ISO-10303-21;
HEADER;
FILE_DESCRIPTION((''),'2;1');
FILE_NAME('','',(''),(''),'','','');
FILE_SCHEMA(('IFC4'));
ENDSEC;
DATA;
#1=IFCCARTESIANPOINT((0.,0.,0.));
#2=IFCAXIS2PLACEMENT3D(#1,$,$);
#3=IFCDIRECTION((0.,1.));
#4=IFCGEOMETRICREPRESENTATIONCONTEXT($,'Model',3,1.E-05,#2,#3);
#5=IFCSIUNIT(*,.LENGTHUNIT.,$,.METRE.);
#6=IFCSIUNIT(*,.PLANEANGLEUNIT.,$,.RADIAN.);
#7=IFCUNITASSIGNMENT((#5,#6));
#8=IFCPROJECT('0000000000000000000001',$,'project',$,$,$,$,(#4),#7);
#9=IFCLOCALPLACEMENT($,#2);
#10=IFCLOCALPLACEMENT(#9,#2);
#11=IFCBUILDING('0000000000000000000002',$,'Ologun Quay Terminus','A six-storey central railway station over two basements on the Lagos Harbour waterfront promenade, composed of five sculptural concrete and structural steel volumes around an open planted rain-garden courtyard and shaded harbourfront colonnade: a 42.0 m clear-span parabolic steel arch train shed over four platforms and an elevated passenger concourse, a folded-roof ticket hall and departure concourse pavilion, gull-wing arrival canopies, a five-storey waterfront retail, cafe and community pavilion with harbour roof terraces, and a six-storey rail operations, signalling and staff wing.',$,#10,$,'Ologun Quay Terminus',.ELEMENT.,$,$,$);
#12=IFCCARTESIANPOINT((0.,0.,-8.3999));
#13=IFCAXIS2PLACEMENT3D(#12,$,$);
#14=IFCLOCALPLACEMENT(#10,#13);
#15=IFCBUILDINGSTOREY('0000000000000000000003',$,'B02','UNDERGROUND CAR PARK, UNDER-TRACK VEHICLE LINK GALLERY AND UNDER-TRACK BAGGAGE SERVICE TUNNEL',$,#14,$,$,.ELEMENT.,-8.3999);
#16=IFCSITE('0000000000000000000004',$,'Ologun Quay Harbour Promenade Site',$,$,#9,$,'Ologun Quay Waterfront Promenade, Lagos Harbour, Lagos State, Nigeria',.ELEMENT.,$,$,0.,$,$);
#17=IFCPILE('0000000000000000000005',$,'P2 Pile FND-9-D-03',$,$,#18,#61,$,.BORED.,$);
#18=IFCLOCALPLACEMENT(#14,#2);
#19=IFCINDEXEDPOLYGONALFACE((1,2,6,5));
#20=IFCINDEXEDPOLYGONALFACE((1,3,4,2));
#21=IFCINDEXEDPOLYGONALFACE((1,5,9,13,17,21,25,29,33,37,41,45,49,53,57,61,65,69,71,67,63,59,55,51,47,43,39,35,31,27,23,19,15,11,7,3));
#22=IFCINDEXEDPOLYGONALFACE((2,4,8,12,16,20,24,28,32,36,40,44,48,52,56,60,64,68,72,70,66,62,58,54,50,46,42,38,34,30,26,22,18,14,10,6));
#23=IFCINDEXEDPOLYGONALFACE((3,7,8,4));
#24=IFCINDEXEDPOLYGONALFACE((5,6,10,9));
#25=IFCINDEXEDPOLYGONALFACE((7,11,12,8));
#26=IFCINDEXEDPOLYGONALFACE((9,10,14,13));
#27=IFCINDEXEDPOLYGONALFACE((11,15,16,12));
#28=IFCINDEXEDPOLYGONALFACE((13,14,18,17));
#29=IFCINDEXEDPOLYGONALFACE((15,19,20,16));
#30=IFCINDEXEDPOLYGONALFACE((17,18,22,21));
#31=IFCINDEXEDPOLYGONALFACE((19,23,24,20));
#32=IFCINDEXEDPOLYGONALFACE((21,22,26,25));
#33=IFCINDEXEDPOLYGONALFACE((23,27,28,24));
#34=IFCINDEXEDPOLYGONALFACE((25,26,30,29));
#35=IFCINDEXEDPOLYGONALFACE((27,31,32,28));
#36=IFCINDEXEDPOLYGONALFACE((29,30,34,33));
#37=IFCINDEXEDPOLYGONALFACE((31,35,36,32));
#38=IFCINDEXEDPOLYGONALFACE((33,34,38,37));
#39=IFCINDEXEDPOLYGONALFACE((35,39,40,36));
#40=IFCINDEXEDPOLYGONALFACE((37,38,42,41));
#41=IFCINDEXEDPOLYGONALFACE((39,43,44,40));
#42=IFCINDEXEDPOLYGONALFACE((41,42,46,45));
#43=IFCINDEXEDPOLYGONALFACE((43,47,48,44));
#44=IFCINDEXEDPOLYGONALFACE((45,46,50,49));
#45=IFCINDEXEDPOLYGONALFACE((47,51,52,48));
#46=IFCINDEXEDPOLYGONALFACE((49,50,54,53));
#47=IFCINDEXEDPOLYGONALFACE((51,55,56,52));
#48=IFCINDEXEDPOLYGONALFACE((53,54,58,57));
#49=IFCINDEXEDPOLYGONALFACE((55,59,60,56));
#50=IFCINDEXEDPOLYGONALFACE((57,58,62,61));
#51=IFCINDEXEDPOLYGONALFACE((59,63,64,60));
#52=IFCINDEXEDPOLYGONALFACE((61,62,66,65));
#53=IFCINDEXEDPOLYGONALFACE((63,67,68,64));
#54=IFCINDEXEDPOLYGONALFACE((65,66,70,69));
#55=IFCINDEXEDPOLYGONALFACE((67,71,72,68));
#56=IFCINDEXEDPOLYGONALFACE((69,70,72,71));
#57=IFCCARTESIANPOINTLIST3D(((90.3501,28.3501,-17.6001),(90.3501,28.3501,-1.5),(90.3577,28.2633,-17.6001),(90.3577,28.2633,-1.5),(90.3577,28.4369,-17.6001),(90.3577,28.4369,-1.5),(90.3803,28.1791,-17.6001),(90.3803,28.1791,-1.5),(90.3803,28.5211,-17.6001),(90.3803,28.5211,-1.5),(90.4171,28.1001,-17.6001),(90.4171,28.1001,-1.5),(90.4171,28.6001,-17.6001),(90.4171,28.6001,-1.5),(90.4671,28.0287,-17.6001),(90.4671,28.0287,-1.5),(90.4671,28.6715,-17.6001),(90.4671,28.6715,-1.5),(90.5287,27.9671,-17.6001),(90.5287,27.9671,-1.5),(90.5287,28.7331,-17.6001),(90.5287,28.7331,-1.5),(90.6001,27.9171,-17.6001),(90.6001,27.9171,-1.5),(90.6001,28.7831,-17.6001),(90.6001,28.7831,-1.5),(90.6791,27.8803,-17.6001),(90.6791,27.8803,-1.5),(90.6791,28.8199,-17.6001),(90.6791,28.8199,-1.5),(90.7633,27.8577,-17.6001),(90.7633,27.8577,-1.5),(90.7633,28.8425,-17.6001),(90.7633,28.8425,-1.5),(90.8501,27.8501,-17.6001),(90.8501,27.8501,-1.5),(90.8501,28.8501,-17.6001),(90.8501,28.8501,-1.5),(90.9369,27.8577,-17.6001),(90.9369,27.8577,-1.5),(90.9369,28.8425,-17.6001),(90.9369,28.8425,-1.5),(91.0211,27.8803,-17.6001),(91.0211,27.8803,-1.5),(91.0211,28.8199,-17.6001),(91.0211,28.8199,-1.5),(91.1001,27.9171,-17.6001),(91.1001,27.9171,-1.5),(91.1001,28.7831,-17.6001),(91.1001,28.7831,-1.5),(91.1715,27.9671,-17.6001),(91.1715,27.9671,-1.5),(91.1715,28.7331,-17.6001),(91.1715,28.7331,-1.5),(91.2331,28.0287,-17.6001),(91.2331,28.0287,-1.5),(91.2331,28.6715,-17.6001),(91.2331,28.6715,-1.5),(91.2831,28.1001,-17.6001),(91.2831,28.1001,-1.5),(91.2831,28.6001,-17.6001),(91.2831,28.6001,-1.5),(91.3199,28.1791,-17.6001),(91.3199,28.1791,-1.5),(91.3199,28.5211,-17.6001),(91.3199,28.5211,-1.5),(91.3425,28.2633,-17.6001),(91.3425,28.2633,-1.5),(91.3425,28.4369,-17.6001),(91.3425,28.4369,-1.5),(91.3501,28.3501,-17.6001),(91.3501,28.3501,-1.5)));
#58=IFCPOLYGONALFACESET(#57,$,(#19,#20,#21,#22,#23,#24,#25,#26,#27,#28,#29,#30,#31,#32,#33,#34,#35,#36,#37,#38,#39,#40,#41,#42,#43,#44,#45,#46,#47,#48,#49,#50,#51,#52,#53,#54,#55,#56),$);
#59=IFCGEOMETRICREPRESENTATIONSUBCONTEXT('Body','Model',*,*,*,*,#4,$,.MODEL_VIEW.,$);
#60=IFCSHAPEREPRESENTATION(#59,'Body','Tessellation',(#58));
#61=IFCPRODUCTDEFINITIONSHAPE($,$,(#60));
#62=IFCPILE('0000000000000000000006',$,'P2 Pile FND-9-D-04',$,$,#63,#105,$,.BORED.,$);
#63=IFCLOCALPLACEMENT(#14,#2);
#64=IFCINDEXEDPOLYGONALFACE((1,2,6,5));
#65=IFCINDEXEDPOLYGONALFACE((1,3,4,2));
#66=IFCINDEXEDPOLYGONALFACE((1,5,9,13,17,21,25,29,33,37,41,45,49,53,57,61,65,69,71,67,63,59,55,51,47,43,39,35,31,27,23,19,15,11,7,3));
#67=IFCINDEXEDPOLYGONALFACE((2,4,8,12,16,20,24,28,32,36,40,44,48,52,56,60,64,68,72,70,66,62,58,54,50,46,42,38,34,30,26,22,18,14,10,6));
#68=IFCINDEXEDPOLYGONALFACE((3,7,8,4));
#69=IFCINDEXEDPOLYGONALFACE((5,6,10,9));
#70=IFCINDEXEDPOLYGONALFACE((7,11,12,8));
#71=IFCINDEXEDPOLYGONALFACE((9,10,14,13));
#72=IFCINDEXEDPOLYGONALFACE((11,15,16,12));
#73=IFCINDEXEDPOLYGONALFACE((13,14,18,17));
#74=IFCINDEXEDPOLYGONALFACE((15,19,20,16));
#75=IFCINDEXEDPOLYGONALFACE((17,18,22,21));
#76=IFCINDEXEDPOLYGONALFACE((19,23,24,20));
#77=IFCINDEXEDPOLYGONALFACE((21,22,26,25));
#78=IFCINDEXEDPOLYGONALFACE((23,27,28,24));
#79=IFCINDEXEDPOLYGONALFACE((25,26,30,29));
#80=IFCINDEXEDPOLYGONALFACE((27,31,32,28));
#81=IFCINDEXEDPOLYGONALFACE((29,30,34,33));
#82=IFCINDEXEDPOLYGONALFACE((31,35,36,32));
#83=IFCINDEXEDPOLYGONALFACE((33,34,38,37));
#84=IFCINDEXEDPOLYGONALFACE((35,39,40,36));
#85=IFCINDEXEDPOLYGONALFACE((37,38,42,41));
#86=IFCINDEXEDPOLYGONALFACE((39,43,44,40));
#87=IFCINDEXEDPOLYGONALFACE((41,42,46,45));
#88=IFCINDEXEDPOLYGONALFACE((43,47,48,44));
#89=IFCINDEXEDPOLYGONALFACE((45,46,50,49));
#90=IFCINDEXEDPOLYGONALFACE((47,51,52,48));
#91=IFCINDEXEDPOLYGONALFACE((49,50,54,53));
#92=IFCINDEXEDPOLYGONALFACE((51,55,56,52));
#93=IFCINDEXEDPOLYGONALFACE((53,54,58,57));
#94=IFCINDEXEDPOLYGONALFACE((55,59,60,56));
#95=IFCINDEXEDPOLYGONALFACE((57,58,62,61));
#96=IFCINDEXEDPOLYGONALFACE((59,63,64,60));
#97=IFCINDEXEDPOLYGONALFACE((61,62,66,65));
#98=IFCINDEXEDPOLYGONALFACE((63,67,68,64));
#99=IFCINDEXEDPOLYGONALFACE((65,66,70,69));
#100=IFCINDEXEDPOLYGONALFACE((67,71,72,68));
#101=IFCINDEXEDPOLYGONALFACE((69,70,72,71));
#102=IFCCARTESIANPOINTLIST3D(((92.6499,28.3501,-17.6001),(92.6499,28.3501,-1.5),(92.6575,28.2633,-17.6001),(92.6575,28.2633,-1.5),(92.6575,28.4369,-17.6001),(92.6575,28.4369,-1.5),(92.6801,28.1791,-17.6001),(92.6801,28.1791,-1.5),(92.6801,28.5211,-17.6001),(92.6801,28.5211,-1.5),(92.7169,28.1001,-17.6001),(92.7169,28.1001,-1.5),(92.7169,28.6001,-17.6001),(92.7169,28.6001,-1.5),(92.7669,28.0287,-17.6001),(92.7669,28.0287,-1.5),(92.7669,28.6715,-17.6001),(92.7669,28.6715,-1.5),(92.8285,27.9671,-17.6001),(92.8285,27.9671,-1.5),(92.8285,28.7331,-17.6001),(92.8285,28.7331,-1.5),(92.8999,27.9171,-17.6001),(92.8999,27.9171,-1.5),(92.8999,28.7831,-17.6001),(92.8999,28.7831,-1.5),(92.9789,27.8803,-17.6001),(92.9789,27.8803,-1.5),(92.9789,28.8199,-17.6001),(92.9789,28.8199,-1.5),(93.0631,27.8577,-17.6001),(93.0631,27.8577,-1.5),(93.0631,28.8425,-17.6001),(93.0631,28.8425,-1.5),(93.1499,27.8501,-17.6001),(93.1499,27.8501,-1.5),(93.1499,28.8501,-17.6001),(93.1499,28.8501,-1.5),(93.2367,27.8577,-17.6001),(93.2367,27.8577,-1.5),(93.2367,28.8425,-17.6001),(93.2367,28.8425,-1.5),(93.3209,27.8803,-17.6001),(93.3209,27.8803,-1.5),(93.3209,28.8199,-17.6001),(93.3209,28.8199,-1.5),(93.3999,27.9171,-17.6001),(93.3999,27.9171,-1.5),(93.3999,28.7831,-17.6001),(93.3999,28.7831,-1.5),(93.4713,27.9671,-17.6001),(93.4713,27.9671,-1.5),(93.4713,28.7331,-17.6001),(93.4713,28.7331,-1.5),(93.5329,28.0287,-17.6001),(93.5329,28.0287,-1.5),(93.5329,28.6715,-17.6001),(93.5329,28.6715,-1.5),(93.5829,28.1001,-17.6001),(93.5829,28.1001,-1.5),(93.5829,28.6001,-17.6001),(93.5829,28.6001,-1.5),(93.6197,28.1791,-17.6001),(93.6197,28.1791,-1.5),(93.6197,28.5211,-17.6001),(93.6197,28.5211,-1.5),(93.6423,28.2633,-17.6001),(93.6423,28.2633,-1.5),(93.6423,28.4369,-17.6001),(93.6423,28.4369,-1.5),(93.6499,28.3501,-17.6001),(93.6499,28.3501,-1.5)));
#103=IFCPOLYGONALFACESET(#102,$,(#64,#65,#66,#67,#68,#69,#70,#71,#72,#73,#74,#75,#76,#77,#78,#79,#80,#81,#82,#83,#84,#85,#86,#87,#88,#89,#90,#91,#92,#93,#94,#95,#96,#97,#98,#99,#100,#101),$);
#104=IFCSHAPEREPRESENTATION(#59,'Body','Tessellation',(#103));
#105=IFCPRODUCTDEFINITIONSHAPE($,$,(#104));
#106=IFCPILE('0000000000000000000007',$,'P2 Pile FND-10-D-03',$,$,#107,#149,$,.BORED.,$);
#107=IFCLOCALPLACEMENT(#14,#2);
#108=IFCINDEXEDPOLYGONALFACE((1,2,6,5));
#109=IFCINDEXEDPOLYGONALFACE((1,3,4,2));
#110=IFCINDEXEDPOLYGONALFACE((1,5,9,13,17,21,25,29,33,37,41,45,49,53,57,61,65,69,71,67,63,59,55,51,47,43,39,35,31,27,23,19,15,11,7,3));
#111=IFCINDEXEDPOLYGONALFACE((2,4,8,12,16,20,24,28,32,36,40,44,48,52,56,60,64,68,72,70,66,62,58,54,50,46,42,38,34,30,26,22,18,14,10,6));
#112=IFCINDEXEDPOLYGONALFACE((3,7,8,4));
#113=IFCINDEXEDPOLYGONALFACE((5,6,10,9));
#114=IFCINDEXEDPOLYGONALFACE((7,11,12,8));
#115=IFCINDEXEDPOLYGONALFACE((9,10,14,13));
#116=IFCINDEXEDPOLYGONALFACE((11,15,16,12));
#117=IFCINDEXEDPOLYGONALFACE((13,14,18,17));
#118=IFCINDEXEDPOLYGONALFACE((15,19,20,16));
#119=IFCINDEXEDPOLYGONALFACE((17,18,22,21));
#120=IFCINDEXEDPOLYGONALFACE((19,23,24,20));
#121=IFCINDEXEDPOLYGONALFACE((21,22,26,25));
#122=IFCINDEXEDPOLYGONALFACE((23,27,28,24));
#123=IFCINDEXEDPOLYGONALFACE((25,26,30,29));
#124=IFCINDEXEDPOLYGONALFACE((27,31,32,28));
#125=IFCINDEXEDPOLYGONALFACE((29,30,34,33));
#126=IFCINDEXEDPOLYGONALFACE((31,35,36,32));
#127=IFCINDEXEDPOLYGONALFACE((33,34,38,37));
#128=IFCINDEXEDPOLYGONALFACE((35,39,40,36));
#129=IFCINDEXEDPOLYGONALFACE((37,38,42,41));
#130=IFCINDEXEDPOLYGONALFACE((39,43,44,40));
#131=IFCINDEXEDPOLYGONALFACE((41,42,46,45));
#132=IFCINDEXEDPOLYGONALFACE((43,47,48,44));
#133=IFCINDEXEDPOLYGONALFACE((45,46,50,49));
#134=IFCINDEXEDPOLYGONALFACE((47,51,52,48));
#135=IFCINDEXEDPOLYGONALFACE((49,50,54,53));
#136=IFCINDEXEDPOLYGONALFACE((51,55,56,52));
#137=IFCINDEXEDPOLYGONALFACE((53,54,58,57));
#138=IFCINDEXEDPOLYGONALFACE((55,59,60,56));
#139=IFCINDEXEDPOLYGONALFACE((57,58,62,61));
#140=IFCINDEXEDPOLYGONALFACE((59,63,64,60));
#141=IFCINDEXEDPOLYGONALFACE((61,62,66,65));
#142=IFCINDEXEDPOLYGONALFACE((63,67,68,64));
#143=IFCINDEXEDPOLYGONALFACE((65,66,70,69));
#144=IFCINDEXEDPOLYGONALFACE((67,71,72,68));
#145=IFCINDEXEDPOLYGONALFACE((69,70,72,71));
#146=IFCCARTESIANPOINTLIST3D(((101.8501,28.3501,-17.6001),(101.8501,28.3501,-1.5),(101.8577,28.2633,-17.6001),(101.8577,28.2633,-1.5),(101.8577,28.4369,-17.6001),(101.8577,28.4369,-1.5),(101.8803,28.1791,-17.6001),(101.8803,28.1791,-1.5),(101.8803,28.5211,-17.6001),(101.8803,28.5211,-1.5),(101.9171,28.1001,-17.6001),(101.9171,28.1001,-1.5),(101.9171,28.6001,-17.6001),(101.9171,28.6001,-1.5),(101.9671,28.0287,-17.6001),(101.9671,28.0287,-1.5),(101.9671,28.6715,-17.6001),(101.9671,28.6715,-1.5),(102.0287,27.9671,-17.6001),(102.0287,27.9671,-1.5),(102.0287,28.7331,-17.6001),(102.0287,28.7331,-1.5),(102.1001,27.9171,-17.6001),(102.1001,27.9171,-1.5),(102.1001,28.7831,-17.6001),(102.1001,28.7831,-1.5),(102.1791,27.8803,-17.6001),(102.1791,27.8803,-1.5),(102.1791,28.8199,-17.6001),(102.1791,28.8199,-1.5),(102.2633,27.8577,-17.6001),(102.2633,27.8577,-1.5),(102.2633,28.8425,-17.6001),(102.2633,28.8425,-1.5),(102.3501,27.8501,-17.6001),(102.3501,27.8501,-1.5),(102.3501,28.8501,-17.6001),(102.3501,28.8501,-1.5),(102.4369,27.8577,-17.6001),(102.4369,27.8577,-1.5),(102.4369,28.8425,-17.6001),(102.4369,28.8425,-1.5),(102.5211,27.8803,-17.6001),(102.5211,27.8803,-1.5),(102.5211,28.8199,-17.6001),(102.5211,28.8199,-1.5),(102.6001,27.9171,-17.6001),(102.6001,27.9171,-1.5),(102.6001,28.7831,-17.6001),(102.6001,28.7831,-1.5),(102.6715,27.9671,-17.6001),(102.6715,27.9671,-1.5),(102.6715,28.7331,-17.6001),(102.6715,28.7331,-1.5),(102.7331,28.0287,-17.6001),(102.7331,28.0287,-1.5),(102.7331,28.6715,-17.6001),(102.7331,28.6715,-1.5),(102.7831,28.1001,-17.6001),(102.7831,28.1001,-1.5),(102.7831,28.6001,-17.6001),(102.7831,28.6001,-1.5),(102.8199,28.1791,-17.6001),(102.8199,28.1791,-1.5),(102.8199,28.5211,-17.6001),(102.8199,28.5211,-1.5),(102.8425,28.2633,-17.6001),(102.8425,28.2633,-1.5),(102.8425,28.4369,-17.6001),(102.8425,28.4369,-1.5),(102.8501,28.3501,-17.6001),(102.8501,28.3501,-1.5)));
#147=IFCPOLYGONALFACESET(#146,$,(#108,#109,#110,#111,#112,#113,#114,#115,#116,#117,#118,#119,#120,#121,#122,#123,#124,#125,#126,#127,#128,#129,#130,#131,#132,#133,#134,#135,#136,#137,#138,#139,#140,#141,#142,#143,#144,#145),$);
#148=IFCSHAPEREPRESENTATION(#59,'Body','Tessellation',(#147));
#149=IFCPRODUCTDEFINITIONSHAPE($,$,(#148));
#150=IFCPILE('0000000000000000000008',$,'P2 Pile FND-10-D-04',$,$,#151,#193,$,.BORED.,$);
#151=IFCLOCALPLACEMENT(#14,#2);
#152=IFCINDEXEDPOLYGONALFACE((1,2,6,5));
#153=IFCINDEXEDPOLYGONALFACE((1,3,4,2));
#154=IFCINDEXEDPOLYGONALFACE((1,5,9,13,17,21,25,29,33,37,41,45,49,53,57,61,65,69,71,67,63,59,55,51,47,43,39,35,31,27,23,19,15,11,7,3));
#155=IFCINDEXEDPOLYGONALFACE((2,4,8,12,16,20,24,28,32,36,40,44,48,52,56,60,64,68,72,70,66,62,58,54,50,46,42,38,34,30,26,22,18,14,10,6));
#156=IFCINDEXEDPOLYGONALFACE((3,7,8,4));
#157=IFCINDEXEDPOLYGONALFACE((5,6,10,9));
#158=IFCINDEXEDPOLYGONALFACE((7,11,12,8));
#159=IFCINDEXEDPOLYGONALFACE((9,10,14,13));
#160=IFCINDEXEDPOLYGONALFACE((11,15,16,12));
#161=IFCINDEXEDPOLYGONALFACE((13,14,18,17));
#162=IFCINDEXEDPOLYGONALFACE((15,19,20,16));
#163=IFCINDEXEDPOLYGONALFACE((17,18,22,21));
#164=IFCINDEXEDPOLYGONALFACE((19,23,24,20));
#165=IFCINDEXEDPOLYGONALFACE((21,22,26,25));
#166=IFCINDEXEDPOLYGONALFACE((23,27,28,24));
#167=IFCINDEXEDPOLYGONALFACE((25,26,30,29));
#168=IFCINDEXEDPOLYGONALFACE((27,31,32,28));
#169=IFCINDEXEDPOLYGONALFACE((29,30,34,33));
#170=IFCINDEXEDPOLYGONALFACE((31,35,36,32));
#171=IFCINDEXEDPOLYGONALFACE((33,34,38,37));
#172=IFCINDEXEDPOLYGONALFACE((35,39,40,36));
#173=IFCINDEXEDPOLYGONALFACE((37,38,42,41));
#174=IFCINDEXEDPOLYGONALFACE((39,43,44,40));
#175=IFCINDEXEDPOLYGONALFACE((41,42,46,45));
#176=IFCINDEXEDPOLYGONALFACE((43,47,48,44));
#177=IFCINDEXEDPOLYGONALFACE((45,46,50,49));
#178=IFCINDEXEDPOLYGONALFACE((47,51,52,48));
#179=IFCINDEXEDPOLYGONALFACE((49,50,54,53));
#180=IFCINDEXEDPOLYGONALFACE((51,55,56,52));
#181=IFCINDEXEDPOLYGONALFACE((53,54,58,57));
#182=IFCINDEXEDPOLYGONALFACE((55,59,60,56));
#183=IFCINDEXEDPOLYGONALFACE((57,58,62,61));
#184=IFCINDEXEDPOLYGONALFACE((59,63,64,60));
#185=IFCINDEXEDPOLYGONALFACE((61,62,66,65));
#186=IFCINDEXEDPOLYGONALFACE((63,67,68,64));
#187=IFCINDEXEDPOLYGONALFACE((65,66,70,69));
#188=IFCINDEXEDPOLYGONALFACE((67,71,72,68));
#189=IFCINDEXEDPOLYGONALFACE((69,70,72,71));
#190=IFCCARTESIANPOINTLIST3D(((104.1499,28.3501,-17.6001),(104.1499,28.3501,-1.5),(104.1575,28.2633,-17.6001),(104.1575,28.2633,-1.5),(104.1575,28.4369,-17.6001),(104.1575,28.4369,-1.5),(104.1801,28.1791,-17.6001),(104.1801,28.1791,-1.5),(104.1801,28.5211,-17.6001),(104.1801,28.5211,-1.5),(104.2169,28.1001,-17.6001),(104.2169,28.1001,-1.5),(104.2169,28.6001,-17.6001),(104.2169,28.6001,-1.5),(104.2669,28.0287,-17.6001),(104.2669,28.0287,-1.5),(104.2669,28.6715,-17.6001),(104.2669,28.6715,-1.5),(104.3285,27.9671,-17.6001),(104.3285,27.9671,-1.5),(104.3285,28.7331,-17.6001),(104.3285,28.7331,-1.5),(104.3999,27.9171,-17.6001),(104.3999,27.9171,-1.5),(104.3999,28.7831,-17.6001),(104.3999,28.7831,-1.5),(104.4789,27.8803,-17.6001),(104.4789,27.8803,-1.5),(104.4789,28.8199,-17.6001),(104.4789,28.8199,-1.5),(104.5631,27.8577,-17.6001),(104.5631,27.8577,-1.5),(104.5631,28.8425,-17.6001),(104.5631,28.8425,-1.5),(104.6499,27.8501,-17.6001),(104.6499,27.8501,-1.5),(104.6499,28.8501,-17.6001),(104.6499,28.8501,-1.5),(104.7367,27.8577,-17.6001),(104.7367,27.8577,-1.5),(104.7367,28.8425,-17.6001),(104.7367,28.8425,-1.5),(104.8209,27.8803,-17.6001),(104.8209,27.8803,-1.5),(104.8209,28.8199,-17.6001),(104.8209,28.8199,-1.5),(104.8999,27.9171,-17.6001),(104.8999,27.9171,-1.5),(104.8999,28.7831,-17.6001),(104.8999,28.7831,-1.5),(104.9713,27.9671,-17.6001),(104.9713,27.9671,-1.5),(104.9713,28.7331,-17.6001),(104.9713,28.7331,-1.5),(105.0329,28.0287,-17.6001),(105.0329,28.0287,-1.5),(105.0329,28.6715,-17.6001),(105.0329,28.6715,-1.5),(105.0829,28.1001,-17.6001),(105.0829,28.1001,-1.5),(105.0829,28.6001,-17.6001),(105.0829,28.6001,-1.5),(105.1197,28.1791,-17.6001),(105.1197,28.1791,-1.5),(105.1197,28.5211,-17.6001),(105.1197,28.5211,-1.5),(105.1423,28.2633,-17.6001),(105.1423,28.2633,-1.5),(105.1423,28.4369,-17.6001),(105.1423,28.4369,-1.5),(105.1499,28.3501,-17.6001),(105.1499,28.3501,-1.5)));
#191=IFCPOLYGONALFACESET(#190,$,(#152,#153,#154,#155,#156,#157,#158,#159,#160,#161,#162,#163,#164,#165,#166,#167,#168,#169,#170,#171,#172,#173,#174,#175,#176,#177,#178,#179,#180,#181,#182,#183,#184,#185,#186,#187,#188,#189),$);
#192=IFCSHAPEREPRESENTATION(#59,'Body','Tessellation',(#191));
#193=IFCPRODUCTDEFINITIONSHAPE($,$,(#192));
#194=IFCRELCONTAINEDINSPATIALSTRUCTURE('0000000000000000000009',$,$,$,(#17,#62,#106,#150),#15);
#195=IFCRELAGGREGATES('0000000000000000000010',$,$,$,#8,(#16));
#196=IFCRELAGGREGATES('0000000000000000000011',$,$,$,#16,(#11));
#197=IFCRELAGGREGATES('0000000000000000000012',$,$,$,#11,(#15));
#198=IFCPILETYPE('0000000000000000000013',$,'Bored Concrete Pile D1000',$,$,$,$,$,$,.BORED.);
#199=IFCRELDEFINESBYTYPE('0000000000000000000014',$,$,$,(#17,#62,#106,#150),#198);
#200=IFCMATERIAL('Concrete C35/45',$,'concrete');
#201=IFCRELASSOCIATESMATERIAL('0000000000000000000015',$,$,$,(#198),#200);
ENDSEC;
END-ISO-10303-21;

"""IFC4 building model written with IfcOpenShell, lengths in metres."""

from ifc_helpers import new_model, si_unit, direction, frame, origin, origin_2d, place, context, subcontext, project, spatial, circle, extrude, material, material_profile, profile_set, type_object, element, save


model = new_model("IFC4")

# Units and contexts
model_context = context("Model", 3, precision=1e-05, world=origin(), true_north=direction((0.0, 1.0)))
body_context = subcontext(model_context, "Body", "Model", "MODEL_VIEW")
ifc_project = project(units=[si_unit("LENGTHUNIT", "METRE"), si_unit("PLANEANGLEUNIT", "RADIAN")], contexts=[model_context])

# Site, building, storey
site_placement = place(None, origin())
site = spatial("IfcSite", under=ifc_project, at=site_placement, Name="Ologun Quay Harbour Promenade Site", LongName="Ologun Quay Waterfront Promenade, Lagos Harbour, Lagos State, Nigeria", CompositionType="ELEMENT", RefElevation=0.0)
building_placement = place(site_placement, origin())
building = spatial("IfcBuilding", under=site, at=building_placement, Name="Ologun Quay Terminus", Description="A six-storey central railway station over two basements on the Lagos Harbour waterfront promenade, composed of five sculptural concrete and structural steel volumes around an open planted rain-garden courtyard and shaded harbourfront colonnade: a 42.0 m clear-span parabolic steel arch train shed over four platforms and an elevated passenger concourse, a folded-roof ticket hall and departure concourse pavilion, gull-wing arrival canopies, a five-storey waterfront retail, cafe and community pavilion with harbour roof terraces, and a six-storey rail operations, signalling and staff wing.", LongName="Ologun Quay Terminus", CompositionType="ELEMENT")
storey_placement = place(building_placement, frame((0.0, 0.0, -8.3999)))
storey = spatial("IfcBuildingStorey", under=building, at=storey_placement, Name="B02", Description="UNDERGROUND CAR PARK, UNDER-TRACK VEHICLE LINK GALLERY AND UNDER-TRACK BAGGAGE SERVICE TUNNEL", CompositionType="ELEMENT", Elevation=-8.3999)

# Piles
ifc_material_1 = material(Name="Concrete C35/45", Category="concrete")
ifc_material_profile_1 = material_profile(ifc_material_1, circle(Radius=0.5, at=origin_2d()), Name="PILE D1000")
ifc_profile_set_1 = profile_set([ifc_material_profile_1], Name="Concrete C35/45")
pile_type_1 = type_object("IfcPileType", Name="Bored Concrete Pile D1000", PredefinedType="BORED", material=ifc_profile_set_1)
for number, where, z_axis, x_axis, name in (
    (1, (90.8501, 28.3501, -1.5), (0.0, 0.0, -1.0), (1.0, 0.0, 0.0), "P2 Pile FND-9-D-03"),
    (2, (93.1499, 28.3501, -1.5), (0.0, 0.0, -1.0), (1.0, 0.0, 0.0), "P2 Pile FND-9-D-04"),
    (3, (102.3501, 28.3501, -1.5), (0.0, 0.0, -1.0), (1.0, 0.0, 0.0), "P2 Pile FND-10-D-03"),
    (4, (104.6499, 28.3501, -1.5), (0.0, 0.0, -1.0), (1.0, 0.0, 0.0), "P2 Pile FND-10-D-04"),
):
    element("IfcPile", number, at=place(storey_placement, frame(where, z_axis=z_axis, x_axis=x_axis)), inside=storey, type_object=pile_type_1, Name=name, PredefinedType="BORED", context=body_context, shape_type="SweptSolid", body=[
        extrude(circle(Radius=0.5, at=origin_2d()), origin(), (0.0, 0.0, 1.0), 16.1001),
    ])

save(model, "model.ifc")
